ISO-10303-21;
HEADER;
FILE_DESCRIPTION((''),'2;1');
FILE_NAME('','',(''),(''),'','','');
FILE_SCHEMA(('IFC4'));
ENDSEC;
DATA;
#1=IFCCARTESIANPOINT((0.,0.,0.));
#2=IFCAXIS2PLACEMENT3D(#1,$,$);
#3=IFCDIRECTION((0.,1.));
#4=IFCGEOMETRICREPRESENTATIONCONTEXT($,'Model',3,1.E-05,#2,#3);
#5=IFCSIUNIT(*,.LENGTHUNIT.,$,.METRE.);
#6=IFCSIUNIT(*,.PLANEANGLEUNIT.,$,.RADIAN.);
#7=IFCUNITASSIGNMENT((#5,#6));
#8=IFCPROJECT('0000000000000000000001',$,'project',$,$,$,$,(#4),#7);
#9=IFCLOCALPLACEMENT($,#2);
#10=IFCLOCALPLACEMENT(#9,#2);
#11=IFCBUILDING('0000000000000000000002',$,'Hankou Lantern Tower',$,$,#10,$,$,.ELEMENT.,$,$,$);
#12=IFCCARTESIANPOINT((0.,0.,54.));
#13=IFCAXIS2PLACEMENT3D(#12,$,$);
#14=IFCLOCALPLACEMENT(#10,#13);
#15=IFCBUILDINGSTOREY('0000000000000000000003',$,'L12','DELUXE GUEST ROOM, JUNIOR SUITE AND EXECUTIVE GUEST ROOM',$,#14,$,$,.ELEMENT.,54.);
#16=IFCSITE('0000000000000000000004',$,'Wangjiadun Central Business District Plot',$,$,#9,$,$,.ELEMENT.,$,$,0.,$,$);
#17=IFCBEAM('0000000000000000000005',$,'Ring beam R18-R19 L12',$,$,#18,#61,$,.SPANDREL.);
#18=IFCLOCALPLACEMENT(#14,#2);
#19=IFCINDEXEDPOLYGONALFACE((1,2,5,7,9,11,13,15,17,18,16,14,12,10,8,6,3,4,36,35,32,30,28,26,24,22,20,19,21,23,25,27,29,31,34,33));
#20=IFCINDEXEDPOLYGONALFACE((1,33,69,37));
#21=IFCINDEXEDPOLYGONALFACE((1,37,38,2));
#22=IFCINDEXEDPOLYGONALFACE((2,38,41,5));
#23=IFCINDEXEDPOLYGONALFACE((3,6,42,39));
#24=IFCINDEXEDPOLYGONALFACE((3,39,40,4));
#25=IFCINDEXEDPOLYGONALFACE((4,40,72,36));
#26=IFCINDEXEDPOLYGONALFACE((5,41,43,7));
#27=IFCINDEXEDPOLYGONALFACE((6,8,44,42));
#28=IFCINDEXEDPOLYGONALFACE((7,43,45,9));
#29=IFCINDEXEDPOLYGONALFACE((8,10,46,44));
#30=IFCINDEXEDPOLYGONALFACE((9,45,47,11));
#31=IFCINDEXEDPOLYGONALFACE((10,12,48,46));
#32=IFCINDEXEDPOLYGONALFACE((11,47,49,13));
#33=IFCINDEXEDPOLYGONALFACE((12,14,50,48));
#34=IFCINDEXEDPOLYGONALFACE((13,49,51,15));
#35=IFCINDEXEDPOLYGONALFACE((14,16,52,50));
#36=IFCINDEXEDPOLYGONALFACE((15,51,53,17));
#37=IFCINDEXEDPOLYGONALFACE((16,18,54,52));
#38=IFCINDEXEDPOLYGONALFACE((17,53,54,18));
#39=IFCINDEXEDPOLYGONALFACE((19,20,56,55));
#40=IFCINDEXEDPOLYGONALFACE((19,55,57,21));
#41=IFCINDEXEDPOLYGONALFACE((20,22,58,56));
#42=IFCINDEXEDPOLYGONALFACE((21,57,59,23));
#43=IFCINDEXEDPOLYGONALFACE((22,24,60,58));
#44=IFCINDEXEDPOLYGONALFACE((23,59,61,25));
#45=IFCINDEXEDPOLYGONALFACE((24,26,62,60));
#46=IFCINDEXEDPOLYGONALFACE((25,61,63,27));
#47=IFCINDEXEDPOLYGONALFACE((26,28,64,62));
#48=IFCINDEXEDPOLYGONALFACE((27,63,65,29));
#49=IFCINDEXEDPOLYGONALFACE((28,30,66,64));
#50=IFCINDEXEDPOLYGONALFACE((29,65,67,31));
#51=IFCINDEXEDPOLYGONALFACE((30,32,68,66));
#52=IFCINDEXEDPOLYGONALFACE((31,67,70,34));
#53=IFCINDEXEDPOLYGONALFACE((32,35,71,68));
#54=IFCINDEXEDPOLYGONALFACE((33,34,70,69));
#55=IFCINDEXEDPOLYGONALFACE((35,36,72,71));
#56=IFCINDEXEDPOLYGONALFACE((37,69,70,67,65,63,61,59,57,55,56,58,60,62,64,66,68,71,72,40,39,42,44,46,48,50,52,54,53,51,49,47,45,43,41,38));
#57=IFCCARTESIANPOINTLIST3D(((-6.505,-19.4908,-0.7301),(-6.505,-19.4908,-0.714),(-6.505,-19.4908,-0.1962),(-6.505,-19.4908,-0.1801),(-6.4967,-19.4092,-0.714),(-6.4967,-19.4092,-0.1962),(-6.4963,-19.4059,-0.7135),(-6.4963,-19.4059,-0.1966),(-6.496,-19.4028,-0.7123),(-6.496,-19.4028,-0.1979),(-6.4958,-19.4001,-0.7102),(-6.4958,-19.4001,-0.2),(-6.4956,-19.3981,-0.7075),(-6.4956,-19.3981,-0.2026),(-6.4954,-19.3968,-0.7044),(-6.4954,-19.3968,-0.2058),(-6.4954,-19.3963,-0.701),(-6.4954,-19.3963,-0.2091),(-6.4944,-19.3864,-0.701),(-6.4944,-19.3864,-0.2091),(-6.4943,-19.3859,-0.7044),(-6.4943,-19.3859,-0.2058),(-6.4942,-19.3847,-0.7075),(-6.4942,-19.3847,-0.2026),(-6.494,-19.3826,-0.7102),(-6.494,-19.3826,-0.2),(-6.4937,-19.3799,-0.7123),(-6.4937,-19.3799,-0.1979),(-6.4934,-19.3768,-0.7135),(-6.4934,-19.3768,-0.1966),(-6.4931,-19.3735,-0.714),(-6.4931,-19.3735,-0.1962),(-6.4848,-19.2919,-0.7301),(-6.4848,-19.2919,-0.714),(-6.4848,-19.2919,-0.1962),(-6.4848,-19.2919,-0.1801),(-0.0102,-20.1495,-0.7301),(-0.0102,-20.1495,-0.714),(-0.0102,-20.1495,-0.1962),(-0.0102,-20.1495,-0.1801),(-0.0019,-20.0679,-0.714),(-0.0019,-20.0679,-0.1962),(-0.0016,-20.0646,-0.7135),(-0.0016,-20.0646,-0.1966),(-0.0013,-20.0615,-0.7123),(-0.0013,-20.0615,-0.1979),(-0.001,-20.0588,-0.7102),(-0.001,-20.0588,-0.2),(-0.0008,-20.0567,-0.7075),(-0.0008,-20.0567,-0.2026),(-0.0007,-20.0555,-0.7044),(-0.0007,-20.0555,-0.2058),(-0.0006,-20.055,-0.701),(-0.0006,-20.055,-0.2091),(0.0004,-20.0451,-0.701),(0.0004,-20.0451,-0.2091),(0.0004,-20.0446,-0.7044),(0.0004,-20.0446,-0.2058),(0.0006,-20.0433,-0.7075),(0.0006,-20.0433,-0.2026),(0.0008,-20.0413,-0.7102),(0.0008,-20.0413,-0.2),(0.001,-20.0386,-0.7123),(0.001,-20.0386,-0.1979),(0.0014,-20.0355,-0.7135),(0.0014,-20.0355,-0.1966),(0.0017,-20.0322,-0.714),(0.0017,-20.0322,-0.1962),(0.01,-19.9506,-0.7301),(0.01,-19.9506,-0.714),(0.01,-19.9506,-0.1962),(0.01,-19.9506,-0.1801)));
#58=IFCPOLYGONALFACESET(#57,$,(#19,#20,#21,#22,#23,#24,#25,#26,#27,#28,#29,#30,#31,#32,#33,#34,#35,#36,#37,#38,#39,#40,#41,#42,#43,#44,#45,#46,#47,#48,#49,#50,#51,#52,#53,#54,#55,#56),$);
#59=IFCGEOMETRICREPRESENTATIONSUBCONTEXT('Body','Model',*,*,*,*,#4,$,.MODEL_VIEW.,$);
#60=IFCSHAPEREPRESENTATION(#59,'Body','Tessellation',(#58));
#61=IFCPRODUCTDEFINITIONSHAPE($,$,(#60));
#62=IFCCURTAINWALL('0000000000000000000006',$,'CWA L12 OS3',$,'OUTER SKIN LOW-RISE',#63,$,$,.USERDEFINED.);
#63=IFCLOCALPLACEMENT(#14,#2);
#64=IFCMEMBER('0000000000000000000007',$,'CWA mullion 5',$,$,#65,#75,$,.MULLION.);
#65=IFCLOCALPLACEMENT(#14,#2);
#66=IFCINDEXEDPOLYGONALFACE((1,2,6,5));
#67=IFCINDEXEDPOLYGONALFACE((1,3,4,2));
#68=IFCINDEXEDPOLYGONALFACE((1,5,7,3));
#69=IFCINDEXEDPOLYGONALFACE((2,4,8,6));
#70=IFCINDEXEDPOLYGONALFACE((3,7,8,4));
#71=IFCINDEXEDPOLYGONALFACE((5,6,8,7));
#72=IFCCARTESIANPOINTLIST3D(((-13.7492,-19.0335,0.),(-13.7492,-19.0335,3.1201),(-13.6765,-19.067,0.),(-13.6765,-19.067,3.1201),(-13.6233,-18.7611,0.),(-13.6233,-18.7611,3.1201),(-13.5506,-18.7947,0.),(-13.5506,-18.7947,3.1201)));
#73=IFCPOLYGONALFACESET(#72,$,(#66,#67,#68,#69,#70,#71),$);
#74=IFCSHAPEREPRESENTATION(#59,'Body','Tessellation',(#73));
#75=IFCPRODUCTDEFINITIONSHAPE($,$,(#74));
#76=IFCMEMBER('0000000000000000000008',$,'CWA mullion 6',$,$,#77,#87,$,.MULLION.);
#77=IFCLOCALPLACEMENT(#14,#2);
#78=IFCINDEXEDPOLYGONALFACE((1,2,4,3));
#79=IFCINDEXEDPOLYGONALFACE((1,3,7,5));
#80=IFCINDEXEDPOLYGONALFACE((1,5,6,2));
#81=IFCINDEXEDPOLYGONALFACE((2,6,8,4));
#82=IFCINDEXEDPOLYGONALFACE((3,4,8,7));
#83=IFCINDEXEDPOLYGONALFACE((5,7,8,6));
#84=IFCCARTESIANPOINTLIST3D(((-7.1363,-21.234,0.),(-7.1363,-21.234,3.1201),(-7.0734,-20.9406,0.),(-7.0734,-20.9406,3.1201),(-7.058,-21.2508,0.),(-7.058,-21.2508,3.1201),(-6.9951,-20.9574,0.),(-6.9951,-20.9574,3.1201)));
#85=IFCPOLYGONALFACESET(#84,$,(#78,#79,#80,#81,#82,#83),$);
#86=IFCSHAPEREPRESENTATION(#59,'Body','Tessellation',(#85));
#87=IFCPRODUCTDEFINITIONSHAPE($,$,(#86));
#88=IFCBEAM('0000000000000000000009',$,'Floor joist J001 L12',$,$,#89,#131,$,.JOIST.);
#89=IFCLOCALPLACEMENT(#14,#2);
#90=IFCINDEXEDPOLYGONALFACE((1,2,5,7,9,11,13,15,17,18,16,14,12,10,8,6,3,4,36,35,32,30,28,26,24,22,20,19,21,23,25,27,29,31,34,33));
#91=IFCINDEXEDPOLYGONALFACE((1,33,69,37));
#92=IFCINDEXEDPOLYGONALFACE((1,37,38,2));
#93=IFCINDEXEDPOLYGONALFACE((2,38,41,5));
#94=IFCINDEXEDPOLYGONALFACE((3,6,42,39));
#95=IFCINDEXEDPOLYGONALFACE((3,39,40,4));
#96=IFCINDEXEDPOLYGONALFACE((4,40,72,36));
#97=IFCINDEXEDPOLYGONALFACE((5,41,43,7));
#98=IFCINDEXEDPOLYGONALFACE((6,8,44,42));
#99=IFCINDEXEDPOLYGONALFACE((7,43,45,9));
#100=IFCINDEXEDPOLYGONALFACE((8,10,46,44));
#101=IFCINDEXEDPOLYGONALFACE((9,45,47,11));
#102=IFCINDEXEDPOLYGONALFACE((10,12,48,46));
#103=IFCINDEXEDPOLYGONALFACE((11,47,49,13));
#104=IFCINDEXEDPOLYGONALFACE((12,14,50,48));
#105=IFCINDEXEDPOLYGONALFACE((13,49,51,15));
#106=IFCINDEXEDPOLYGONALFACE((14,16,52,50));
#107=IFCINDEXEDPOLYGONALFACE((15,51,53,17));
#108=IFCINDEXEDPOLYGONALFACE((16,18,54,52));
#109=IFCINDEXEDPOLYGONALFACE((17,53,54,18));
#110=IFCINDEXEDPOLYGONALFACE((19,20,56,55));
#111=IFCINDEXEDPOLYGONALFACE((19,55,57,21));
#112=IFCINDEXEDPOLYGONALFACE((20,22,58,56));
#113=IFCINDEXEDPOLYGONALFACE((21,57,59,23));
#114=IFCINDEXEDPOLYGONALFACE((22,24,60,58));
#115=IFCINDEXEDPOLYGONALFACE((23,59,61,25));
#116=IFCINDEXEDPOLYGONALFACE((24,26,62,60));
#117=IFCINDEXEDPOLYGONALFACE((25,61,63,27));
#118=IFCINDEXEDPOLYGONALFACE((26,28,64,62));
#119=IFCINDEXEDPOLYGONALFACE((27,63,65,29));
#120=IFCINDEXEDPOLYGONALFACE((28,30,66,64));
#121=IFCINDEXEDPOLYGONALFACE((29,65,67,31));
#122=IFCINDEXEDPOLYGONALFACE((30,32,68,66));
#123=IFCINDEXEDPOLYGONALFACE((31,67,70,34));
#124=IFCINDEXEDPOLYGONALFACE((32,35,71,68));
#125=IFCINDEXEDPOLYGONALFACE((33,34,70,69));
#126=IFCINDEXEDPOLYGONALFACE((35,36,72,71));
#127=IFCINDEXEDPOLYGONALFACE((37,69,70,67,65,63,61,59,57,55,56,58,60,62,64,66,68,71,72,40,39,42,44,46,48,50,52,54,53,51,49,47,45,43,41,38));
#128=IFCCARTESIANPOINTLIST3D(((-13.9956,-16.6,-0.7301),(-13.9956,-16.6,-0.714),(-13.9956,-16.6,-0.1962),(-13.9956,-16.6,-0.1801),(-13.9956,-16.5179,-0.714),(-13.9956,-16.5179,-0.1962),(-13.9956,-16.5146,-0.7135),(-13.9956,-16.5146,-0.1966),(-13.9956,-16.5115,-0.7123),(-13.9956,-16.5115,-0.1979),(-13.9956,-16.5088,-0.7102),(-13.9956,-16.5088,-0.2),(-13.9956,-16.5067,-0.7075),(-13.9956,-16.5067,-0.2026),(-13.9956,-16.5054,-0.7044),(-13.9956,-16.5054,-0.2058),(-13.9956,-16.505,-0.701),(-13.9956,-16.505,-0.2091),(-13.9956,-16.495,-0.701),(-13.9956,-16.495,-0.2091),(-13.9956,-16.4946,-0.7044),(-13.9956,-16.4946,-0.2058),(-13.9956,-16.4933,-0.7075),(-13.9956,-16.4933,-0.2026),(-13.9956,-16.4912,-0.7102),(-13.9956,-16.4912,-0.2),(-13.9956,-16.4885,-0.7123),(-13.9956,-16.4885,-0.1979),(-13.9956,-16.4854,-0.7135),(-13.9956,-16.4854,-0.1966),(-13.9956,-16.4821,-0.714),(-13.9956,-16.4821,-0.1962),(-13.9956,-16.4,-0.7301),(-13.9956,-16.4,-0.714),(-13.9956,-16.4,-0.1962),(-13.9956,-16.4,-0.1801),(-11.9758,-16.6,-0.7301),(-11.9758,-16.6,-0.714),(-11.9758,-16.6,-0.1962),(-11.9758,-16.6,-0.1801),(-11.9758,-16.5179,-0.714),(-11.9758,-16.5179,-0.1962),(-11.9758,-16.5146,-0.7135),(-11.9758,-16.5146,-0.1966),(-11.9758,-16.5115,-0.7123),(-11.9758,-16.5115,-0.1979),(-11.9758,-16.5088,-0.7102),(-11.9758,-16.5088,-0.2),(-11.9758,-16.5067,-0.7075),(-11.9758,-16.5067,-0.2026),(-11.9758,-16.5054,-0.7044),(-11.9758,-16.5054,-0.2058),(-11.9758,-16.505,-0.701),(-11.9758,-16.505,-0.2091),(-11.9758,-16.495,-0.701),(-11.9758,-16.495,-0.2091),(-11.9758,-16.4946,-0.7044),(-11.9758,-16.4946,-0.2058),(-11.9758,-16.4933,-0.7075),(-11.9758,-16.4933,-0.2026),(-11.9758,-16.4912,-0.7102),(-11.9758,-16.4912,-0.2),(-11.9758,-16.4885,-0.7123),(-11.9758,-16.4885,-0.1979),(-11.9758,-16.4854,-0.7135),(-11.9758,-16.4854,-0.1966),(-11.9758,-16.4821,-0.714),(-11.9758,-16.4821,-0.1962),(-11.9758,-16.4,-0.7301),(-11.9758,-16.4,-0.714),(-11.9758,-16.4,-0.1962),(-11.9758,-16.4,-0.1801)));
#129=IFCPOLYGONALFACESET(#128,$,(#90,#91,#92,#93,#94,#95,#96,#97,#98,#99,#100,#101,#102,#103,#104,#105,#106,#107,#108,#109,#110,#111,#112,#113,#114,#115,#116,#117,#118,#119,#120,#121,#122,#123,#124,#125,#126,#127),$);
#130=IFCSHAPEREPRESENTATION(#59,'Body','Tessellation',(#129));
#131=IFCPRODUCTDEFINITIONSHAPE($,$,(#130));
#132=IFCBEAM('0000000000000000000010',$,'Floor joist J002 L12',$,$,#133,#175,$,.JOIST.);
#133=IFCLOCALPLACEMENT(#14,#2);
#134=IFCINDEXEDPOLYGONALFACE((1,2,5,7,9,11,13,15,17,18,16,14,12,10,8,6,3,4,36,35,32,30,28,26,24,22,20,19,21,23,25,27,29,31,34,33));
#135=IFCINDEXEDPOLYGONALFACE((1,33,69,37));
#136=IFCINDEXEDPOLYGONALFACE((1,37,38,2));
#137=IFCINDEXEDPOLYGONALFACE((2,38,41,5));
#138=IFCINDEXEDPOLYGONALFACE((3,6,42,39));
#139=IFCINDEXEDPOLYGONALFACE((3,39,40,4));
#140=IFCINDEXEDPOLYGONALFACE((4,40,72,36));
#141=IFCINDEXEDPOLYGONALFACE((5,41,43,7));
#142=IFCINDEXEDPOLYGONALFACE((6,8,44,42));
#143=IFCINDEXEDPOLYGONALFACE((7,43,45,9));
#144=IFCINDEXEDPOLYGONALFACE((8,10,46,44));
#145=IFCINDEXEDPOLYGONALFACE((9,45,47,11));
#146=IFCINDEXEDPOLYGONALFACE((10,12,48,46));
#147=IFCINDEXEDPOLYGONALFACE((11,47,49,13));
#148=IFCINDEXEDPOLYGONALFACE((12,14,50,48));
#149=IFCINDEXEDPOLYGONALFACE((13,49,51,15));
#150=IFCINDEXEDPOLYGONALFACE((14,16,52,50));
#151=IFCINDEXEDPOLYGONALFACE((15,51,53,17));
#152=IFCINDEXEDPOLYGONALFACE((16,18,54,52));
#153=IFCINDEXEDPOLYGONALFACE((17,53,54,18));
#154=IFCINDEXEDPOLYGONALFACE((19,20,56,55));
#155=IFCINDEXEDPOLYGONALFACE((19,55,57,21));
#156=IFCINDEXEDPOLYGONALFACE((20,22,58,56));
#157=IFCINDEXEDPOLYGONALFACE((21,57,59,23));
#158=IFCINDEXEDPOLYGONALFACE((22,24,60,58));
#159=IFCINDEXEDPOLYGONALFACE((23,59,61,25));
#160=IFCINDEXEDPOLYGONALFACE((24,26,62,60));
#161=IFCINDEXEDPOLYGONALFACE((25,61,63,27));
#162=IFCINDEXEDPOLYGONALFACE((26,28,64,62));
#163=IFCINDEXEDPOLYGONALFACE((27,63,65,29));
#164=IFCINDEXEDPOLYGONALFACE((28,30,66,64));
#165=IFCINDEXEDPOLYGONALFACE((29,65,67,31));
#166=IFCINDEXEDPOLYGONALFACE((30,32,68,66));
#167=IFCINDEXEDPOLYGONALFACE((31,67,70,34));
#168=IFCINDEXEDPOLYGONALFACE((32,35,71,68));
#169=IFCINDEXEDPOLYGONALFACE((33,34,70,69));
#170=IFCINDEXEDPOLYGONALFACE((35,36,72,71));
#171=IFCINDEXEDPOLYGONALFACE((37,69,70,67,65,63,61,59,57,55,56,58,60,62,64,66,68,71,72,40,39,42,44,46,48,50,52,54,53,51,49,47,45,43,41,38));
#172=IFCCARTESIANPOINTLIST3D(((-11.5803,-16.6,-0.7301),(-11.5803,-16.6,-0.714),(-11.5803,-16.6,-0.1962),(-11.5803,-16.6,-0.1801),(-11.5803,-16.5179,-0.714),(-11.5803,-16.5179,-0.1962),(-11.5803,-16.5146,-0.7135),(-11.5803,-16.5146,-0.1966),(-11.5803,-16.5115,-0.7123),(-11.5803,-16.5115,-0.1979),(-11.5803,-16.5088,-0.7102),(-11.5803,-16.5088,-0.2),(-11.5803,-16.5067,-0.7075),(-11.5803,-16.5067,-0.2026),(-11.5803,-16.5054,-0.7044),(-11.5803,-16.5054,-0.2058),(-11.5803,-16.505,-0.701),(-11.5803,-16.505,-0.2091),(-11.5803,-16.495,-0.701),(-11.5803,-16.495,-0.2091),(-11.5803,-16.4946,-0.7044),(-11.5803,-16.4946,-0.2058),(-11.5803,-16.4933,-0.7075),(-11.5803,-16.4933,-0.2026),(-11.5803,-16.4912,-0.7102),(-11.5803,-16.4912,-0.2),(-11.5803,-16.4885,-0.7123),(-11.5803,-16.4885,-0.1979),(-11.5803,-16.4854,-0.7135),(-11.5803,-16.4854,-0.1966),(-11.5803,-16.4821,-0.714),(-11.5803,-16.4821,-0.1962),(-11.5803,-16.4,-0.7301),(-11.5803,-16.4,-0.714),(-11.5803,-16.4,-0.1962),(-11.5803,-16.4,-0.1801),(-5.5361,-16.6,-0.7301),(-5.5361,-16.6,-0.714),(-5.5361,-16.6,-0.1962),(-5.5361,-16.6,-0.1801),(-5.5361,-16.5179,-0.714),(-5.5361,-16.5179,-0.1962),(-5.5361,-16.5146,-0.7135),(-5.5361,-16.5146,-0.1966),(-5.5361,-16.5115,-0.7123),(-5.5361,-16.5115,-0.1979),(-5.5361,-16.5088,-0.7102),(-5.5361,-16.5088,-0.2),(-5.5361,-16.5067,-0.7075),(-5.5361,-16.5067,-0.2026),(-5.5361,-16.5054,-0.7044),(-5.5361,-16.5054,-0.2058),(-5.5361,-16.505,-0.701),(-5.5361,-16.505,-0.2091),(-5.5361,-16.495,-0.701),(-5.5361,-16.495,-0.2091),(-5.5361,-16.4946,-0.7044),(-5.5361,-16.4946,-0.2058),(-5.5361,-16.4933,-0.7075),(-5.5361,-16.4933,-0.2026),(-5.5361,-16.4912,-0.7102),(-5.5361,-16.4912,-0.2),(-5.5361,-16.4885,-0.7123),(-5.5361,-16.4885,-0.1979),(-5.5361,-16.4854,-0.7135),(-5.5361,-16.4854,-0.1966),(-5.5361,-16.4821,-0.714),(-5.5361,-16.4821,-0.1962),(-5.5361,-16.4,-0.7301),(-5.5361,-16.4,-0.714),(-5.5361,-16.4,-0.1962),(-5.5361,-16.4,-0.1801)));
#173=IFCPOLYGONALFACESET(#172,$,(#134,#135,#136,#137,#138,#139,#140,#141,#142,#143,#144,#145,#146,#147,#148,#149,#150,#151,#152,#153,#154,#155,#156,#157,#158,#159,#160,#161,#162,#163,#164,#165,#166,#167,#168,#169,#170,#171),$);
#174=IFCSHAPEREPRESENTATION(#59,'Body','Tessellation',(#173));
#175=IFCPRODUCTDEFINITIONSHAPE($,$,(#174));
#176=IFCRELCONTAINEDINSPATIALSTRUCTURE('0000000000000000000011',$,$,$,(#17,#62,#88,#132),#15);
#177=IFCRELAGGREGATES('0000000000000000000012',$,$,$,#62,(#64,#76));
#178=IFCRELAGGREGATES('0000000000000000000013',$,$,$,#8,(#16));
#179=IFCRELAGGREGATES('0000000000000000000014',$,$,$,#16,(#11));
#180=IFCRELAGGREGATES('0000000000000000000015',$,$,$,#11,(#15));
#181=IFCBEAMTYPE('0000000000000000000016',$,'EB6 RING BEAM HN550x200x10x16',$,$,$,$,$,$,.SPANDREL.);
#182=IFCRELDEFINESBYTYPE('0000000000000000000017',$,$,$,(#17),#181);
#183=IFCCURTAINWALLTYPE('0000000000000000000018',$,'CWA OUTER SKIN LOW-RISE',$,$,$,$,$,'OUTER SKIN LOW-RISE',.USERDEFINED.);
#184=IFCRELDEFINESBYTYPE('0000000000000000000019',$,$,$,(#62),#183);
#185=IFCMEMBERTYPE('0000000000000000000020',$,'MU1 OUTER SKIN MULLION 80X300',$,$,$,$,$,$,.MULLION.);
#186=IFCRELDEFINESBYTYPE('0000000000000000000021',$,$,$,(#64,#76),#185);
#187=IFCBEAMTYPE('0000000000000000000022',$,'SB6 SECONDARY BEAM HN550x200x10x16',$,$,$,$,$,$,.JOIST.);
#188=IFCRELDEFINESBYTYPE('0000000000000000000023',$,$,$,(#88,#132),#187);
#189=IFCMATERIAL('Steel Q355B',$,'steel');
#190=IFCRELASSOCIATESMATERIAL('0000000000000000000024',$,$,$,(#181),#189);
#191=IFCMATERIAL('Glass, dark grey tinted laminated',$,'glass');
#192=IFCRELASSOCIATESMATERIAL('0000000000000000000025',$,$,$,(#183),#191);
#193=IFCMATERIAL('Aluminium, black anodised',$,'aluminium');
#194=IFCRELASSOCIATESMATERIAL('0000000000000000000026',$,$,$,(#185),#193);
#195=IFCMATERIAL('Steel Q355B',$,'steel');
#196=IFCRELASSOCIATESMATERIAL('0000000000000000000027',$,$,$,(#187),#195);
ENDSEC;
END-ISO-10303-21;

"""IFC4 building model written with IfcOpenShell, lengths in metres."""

from ifc_helpers import new_model, si_unit, direction, frame, origin, origin_2d, place, context, subcontext, project, spatial, rectangle, i_section, extrude, material, material_profile, profile_set, type_object, element, aggregate, save


model = new_model("IFC4")

# Units and contexts
model_context = context("Model", 3, precision=1e-05, world=origin(), true_north=direction((0.0, 1.0)))
body_context = subcontext(model_context, "Body", "Model", "MODEL_VIEW")
ifc_project = project(units=[si_unit("LENGTHUNIT", "METRE"), si_unit("PLANEANGLEUNIT", "RADIAN")], contexts=[model_context])

# Site, building, storey
site_placement = place(None, origin())
site = spatial("IfcSite", under=ifc_project, at=site_placement, Name="Wangjiadun Central Business District Plot", CompositionType="ELEMENT", RefElevation=0.0)
building_placement = place(site_placement, origin())
building = spatial("IfcBuilding", under=site, at=building_placement, Name="Hankou Lantern Tower", CompositionType="ELEMENT")
storey_placement = place(building_placement, frame((0.0, 0.0, 54.0)))
storey = spatial("IfcBuildingStorey", under=building, at=storey_placement, Name="L12", Description="DELUXE GUEST ROOM, JUNIOR SUITE AND EXECUTIVE GUEST ROOM", CompositionType="ELEMENT", Elevation=54.0)

# Beam
ifc_material_1 = material(Name="Steel Q355B", Category="steel")
ifc_material_profile_1 = material_profile(ifc_material_1, i_section(OverallWidth=0.2, OverallDepth=0.55, WebThickness=0.01, FlangeThickness=0.0161, FilletRadius=0.0129, at=origin_2d()), Name="HN550x200x10x16")
ifc_profile_set_1 = profile_set([ifc_material_profile_1], Name="Steel Q355B")
beam_type_1 = type_object("IfcBeamType", Name="EB6 RING BEAM HN550x200x10x16", PredefinedType="SPANDREL", material=ifc_profile_set_1)
beam_1_placement = place(storey_placement, frame((-6.4949, -19.3914, -0.4551), z_axis=(0.994897, -0.1009, 0.0), x_axis=(0.1009, 0.994897, 0.0)))
element("IfcBeam", 1, at=beam_1_placement, inside=storey, type_object=beam_type_1, Name="Ring beam R18-R19 L12", PredefinedType="SPANDREL", context=body_context, shape_type="SweptSolid", body=[
    extrude(i_section(OverallWidth=0.2, OverallDepth=0.55, WebThickness=0.01, FlangeThickness=0.0161, FilletRadius=0.0129, at=origin_2d()), origin(), (0.0, 0.0, 1.0), 6.5281),
])

# Curtain wall, members
ifc_material_2 = material(Name="Glass, dark grey tinted laminated", Category="glass")
curtain_wall_type = type_object("IfcCurtainWallType", Name="CWA OUTER SKIN LOW-RISE", ElementType="OUTER SKIN LOW-RISE", PredefinedType="USERDEFINED", material=ifc_material_2)
curtain_wall_placement = place(storey_placement, origin())
curtain_wall = element("IfcCurtainWall", 2, at=curtain_wall_placement, inside=storey, type_object=curtain_wall_type, Name="CWA L12 OS3", ObjectType="OUTER SKIN LOW-RISE", PredefinedType="USERDEFINED")
ifc_material_3 = material(Name="Aluminium, black anodised", Category="aluminium")
ifc_material_profile_2 = material_profile(ifc_material_3, rectangle(XDim=0.0801, YDim=0.3, at=origin_2d()), Name="MU1 80X300")
ifc_profile_set_2 = profile_set([ifc_material_profile_2], Name="Aluminium, black anodised")
member_type_1 = type_object("IfcMemberType", Name="MU1 OUTER SKIN MULLION 80X300", PredefinedType="MULLION", material=ifc_profile_set_2)
member_1_placement = place(storey_placement, frame((-13.6499, -18.9141, 0.0), z_axis=(0.0, 0.0, 1.0), x_axis=(0.907841, -0.419314, 0.0)))
member_1 = element("IfcMember", 3, at=member_1_placement, type_object=member_type_1, Name="CWA mullion 5", PredefinedType="MULLION", context=body_context, shape_type="SweptSolid", body=[
    extrude(rectangle(XDim=0.0801, YDim=0.3, at=origin_2d()), origin(), (0.0, 0.0, 1.0), 3.1201),
])
member_2_placement = place(storey_placement, frame((-7.0657, -21.0957, 0.0), z_axis=(0.0, 0.0, 1.0), x_axis=(0.977788, -0.209598, 0.0)))
member_2 = element("IfcMember", 4, at=member_2_placement, type_object=member_type_1, Name="CWA mullion 6", PredefinedType="MULLION", context=body_context, shape_type="SweptSolid", body=[
    extrude(rectangle(XDim=0.0801, YDim=0.3, at=origin_2d()), origin(), (0.0, 0.0, 1.0), 3.1201),
])

# Beams
ifc_material_4 = material(Name="Steel Q355B", Category="steel")
ifc_material_profile_3 = material_profile(ifc_material_4, i_section(OverallWidth=0.2, OverallDepth=0.55, WebThickness=0.01, FlangeThickness=0.0161, FilletRadius=0.0129, at=origin_2d()), Name="HN550x200x10x16")
ifc_profile_set_3 = profile_set([ifc_material_profile_3], Name="Steel Q355B")
beam_type_2 = type_object("IfcBeamType", Name="SB6 SECONDARY BEAM HN550x200x10x16", PredefinedType="JOIST", material=ifc_profile_set_3)
beam_2_placement = place(storey_placement, frame((-13.9956, -16.5, -0.4551), z_axis=(1.0, 0.0, 0.0), x_axis=(0.0, 1.0, 0.0)))
element("IfcBeam", 5, at=beam_2_placement, inside=storey, type_object=beam_type_2, Name="Floor joist J001 L12", PredefinedType="JOIST", context=body_context, shape_type="SweptSolid", body=[
    extrude(i_section(OverallWidth=0.2, OverallDepth=0.55, WebThickness=0.01, FlangeThickness=0.0161, FilletRadius=0.0129, at=origin_2d()), origin(), (0.0, 0.0, 1.0), 2.0198),
])
beam_3_placement = place(storey_placement, frame((-11.5803, -16.5, -0.4551), z_axis=(1.0, 0.0, 0.0), x_axis=(0.0, 1.0, 0.0)))
element("IfcBeam", 6, at=beam_3_placement, inside=storey, type_object=beam_type_2, Name="Floor joist J002 L12", PredefinedType="JOIST", context=body_context, shape_type="SweptSolid", body=[
    extrude(i_section(OverallWidth=0.2, OverallDepth=0.55, WebThickness=0.01, FlangeThickness=0.0161, FilletRadius=0.0129, at=origin_2d()), origin(), (0.0, 0.0, 1.0), 6.0442),
])

aggregate(curtain_wall, [member_1, member_2])

save(model, "model.ifc")
